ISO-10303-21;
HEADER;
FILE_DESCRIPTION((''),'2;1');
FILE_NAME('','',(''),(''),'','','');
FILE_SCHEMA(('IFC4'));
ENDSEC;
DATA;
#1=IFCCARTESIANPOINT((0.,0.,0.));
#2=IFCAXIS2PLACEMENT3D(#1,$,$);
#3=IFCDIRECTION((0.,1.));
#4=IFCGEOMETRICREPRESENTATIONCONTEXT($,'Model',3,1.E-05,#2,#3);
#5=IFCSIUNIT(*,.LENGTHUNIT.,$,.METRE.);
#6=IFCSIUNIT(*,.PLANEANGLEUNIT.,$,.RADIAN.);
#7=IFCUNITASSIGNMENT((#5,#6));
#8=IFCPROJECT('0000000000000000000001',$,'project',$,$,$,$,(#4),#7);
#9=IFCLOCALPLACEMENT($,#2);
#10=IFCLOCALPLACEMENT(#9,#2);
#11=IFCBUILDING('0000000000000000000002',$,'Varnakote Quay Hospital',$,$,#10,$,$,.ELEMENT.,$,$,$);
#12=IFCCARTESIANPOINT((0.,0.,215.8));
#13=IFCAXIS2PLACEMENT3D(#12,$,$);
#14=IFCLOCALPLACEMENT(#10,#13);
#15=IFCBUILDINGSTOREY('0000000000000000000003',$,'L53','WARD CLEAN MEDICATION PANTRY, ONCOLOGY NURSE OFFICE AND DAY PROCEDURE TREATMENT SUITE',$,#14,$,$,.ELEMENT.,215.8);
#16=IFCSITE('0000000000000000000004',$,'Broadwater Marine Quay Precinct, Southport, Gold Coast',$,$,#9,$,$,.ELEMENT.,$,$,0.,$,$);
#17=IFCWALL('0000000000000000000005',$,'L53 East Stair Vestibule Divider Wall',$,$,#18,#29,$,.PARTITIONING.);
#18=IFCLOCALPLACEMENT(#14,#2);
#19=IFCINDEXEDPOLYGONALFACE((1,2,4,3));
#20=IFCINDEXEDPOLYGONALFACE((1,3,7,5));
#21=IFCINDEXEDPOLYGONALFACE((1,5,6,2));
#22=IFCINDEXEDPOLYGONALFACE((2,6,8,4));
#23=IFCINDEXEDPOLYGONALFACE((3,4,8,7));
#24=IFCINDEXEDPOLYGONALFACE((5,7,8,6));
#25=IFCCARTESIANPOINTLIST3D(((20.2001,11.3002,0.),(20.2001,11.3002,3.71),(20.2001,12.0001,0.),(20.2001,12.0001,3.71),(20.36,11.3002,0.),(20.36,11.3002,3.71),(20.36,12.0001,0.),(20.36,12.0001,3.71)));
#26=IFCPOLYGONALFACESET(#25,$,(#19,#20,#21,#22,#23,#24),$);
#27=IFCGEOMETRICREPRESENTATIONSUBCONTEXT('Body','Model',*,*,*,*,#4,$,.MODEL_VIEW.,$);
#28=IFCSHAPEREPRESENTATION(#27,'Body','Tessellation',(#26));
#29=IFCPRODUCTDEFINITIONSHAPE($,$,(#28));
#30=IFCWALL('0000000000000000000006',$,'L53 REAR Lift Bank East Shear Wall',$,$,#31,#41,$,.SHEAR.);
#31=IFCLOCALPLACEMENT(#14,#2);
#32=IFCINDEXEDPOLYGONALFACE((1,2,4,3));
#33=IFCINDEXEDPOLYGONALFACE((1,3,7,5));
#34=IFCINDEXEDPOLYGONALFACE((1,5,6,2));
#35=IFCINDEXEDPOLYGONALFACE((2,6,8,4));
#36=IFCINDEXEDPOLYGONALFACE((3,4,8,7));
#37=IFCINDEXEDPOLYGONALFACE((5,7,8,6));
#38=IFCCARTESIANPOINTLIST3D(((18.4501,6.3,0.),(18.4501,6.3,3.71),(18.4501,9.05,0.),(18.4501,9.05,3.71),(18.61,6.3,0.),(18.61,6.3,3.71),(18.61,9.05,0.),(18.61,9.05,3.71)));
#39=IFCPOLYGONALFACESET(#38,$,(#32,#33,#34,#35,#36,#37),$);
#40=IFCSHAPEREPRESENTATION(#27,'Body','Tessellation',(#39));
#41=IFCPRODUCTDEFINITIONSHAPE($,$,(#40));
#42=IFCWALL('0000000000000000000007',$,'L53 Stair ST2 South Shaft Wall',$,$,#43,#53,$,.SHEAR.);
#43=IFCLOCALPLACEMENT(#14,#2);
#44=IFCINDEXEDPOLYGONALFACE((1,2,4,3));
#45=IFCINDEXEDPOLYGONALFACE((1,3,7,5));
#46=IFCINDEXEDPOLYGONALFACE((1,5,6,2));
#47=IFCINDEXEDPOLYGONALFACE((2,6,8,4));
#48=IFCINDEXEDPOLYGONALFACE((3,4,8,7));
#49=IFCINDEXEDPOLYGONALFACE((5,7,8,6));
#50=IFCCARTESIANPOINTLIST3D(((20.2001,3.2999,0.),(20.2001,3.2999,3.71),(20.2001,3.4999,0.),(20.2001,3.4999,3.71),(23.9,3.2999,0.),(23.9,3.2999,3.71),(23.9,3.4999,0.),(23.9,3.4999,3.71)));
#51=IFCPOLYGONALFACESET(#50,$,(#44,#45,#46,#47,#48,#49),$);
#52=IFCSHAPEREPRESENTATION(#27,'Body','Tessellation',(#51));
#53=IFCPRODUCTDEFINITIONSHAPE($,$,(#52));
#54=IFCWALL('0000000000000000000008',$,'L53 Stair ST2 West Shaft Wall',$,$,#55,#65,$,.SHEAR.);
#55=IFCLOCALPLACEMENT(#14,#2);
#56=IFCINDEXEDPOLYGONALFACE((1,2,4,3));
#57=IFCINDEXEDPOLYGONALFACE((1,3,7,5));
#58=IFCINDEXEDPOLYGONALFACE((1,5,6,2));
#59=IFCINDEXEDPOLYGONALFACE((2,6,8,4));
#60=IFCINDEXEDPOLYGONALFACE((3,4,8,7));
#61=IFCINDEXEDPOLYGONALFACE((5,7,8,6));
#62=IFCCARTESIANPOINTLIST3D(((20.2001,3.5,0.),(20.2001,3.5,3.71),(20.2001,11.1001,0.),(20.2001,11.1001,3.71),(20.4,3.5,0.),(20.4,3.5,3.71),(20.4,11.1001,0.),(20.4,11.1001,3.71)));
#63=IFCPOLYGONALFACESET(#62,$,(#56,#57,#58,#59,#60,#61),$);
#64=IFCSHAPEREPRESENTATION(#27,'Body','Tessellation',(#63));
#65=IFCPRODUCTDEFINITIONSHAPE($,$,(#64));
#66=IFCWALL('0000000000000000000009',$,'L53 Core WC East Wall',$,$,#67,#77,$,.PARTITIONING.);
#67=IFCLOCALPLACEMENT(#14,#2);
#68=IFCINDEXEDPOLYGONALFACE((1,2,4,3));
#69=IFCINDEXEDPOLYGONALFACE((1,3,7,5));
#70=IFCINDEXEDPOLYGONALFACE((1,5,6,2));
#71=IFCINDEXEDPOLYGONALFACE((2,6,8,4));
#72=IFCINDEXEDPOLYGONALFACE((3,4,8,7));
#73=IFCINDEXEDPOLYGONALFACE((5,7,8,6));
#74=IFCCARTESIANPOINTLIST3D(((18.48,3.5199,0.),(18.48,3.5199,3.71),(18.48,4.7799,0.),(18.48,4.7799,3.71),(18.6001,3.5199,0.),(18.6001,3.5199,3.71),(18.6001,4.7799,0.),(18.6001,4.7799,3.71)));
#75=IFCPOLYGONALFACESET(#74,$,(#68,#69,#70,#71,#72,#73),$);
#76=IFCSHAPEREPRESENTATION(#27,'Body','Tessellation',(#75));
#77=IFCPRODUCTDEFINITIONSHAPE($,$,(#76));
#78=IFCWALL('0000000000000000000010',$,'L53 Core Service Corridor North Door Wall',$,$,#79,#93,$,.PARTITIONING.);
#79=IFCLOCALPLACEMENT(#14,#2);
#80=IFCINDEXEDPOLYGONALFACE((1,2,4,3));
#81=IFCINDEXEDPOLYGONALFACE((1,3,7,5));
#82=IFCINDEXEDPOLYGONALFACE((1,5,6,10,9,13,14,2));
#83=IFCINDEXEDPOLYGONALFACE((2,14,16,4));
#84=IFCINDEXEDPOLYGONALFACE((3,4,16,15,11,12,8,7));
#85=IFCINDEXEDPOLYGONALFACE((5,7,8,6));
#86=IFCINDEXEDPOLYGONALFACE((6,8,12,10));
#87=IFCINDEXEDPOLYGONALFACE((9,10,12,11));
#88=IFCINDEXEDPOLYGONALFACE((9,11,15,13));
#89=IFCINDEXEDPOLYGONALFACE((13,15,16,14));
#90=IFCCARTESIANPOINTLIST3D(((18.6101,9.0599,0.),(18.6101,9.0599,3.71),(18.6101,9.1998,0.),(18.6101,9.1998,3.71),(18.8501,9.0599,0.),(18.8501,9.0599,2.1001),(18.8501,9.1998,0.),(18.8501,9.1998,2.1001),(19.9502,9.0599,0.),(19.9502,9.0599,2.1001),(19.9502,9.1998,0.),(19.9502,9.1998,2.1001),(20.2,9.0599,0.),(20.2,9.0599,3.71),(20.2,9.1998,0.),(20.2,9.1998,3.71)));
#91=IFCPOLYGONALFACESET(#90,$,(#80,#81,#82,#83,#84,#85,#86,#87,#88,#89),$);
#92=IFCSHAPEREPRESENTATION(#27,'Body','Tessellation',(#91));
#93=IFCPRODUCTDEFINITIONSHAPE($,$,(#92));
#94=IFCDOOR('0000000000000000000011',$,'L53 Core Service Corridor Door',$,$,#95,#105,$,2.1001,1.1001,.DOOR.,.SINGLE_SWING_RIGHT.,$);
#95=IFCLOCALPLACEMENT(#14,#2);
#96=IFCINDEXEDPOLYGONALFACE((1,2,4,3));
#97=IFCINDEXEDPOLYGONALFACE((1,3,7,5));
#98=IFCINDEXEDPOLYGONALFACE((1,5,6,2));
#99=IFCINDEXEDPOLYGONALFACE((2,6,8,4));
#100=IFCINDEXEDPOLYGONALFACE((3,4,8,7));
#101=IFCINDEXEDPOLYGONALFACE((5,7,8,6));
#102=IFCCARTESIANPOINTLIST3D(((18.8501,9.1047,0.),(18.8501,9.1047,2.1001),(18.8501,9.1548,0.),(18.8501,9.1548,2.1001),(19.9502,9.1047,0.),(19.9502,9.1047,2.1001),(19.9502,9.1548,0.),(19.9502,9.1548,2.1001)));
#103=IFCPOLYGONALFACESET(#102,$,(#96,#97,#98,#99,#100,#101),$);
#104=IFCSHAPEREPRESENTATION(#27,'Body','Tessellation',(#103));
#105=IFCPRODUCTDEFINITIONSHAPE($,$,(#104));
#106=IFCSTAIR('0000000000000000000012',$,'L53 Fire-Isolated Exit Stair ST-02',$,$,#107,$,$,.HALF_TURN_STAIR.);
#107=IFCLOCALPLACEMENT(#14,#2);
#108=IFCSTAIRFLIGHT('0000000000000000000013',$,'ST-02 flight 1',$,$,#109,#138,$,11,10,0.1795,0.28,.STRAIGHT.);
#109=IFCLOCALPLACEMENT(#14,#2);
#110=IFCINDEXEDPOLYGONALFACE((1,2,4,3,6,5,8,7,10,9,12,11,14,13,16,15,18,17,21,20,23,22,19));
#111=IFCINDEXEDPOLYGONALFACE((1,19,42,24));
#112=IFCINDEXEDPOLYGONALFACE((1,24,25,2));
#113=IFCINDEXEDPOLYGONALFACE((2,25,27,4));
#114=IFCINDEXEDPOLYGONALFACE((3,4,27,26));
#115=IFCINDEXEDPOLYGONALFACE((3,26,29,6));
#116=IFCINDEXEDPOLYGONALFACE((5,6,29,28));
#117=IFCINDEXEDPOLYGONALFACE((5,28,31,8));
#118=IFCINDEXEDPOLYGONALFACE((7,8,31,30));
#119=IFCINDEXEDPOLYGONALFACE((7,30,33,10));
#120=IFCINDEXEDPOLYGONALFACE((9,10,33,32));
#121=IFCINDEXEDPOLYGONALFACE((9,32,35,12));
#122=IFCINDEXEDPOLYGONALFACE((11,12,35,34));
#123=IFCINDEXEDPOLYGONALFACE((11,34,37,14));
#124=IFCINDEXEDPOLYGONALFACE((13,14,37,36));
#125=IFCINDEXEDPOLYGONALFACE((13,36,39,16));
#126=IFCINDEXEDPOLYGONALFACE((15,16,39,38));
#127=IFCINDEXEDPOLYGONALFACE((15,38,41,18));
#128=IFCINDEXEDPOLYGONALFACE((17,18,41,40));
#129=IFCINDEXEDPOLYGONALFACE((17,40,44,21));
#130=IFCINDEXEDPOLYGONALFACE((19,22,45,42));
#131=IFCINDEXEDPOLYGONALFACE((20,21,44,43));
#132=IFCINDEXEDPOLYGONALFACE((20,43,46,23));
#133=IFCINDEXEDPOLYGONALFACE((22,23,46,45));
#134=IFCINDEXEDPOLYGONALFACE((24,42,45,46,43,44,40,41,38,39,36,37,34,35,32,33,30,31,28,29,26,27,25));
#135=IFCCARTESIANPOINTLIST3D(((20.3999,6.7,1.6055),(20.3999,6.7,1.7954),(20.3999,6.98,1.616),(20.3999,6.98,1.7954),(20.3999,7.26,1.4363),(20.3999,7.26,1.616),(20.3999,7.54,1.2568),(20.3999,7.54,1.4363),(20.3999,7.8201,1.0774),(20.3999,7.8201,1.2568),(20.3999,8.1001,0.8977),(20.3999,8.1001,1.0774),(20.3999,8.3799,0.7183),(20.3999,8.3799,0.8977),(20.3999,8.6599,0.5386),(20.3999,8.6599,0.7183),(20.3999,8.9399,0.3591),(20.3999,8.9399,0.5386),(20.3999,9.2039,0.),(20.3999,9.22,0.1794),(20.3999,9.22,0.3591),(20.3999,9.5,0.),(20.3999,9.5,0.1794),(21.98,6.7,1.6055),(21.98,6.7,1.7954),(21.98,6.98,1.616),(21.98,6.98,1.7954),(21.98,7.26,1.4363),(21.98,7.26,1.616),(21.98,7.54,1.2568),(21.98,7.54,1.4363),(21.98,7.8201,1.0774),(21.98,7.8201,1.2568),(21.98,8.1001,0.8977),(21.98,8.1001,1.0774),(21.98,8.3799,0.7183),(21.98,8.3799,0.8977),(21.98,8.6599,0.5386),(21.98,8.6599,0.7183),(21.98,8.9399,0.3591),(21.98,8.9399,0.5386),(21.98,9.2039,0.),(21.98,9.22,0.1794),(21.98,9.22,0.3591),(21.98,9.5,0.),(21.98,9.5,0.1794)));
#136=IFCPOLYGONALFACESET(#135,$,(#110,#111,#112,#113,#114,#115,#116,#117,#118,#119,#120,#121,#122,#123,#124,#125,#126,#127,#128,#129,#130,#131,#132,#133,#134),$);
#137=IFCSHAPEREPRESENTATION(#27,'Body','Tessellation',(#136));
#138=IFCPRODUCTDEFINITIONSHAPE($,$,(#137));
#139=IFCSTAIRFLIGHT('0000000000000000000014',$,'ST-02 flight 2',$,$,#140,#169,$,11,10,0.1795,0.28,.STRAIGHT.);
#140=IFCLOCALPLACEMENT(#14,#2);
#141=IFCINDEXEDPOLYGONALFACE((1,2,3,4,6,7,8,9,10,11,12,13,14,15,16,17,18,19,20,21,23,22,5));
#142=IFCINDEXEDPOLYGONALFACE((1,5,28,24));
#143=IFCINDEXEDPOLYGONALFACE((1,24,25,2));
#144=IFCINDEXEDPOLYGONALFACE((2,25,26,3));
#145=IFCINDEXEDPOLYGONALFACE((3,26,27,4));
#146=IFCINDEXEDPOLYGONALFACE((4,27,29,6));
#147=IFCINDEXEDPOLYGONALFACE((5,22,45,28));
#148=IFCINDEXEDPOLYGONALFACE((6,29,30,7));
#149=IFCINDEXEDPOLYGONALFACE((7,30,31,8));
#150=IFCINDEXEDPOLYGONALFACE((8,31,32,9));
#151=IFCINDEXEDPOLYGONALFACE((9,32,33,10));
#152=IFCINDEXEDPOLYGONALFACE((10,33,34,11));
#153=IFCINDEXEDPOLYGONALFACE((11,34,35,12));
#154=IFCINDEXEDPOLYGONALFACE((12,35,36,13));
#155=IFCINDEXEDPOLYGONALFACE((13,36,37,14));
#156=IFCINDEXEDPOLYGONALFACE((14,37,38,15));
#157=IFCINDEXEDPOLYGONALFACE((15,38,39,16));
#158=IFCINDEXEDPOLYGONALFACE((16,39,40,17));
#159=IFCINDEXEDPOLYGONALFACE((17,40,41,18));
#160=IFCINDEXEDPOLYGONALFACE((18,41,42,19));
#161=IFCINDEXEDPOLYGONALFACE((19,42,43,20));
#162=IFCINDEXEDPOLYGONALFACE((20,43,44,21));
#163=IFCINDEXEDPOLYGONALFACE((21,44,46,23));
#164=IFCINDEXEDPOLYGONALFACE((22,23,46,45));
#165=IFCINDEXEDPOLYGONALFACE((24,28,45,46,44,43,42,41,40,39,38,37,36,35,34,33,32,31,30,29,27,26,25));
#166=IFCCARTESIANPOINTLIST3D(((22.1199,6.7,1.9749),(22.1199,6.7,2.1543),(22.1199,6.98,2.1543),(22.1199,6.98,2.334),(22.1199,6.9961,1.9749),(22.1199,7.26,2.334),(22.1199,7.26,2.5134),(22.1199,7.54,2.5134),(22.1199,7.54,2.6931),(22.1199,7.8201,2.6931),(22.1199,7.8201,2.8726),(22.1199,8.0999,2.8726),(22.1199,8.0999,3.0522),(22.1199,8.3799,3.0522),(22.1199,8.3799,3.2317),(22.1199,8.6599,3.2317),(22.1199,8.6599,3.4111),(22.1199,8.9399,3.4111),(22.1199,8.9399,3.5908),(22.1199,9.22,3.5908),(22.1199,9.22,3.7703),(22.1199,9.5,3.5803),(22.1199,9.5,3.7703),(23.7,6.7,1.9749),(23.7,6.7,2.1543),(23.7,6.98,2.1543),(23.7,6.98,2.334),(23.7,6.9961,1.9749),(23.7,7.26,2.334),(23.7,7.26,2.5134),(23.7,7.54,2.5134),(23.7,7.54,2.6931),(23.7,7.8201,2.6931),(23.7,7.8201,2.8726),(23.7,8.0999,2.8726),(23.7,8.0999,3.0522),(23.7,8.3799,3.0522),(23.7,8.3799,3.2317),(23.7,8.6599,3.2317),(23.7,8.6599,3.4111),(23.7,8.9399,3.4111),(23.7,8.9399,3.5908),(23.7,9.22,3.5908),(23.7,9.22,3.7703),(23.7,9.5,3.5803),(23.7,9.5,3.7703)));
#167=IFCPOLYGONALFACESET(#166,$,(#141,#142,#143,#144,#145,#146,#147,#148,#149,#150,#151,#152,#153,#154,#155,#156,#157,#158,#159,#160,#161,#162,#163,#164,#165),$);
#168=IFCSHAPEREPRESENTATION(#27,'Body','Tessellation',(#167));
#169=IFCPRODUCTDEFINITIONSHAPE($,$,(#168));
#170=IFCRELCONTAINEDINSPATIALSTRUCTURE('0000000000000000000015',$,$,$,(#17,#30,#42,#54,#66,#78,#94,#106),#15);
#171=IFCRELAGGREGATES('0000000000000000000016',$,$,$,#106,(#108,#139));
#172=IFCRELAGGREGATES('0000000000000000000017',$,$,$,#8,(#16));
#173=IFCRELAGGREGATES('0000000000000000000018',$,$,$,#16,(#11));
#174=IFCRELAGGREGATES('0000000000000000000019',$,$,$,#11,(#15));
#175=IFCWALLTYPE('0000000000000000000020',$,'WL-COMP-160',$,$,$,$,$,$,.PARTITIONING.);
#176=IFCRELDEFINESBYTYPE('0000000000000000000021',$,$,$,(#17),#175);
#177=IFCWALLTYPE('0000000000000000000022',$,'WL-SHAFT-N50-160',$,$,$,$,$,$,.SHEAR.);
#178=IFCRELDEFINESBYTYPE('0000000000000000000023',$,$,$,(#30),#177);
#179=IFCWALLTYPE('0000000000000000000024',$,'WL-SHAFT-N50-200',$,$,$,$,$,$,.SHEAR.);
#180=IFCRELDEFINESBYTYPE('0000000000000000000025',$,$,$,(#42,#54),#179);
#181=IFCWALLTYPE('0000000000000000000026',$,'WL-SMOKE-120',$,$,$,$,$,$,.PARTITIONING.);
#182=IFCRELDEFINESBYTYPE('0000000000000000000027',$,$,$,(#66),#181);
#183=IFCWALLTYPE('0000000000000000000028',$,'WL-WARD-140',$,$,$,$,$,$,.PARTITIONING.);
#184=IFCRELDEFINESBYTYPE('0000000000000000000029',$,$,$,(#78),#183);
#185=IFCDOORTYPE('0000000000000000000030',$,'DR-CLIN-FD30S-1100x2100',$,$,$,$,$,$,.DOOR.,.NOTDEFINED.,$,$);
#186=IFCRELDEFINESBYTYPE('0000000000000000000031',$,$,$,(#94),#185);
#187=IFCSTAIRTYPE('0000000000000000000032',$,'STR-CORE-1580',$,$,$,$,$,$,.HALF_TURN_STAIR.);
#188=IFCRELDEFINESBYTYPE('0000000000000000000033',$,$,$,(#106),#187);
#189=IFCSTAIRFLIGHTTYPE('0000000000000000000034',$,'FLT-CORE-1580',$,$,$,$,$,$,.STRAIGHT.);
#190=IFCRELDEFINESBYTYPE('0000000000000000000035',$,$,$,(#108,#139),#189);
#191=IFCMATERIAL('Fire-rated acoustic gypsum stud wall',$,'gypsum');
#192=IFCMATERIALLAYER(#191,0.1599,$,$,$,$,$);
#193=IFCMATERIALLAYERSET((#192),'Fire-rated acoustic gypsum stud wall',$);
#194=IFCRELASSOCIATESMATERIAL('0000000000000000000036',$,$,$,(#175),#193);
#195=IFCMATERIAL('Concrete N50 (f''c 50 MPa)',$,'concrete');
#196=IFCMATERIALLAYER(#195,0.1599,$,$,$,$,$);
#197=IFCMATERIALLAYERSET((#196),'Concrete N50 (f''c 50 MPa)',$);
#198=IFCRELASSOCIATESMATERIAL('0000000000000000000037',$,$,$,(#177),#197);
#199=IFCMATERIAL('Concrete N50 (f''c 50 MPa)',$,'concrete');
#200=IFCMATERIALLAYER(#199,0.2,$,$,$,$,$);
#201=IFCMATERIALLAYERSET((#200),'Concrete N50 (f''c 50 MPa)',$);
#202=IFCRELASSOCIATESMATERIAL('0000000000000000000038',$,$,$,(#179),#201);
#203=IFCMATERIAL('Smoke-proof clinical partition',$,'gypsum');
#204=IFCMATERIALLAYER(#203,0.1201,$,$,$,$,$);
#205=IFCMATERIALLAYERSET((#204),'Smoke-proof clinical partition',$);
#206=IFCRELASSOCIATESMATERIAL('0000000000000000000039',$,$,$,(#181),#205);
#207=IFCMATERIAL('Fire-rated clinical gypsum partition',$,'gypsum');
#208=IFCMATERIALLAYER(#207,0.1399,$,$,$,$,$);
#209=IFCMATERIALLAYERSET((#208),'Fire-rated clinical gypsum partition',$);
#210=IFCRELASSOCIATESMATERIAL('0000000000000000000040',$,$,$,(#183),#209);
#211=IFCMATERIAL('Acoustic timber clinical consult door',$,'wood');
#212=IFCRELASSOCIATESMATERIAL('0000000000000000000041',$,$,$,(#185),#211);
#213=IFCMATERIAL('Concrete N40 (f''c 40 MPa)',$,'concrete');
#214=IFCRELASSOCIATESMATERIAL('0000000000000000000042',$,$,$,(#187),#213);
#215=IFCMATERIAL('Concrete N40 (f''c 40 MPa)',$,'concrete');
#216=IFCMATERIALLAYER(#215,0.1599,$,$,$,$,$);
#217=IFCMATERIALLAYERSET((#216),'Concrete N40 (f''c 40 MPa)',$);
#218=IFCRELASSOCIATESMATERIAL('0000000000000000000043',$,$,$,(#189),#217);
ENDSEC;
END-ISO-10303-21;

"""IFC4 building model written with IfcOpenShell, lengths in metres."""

from ifc_helpers import new_model, si_unit, direction, frame, frame_2d, origin, place, context, subcontext, project, spatial, polyline, rectangle, outline, extrude, material, layer, layer_set, type_object, element, fill, aggregate, save


model = new_model("IFC4")

# Units and contexts
model_context = context("Model", 3, precision=1e-05, world=origin(), true_north=direction((0.0, 1.0)))
body_context = subcontext(model_context, "Body", "Model", "MODEL_VIEW")
ifc_project = project(units=[si_unit("LENGTHUNIT", "METRE"), si_unit("PLANEANGLEUNIT", "RADIAN")], contexts=[model_context])

# Site, building, storey
site_placement = place(None, origin())
site = spatial("IfcSite", under=ifc_project, at=site_placement, Name="Broadwater Marine Quay Precinct, Southport, Gold Coast", CompositionType="ELEMENT", RefElevation=0.0)
building_placement = place(site_placement, origin())
building = spatial("IfcBuilding", under=site, at=building_placement, Name="Varnakote Quay Hospital", CompositionType="ELEMENT")
storey_placement = place(building_placement, frame((0.0, 0.0, 215.8)))
storey = spatial("IfcBuildingStorey", under=building, at=storey_placement, Name="L53", Description="WARD CLEAN MEDICATION PANTRY, ONCOLOGY NURSE OFFICE AND DAY PROCEDURE TREATMENT SUITE", CompositionType="ELEMENT", Elevation=215.8)

# Walls
ifc_material_1 = material(Name="Fire-rated acoustic gypsum stud wall", Category="gypsum")
ifc_layer_1 = layer(ifc_material_1, 0.1599)
ifc_layer_set_1 = layer_set([ifc_layer_1], Name="Fire-rated acoustic gypsum stud wall")
wall_type_1 = type_object("IfcWallType", Name="WL-COMP-160", PredefinedType="PARTITIONING", material=ifc_layer_set_1)
wall_1_placement = place(storey_placement, frame((20.28, 11.3, 0.0), z_axis=(0.0, 0.0, 1.0), x_axis=(0.0, 1.0, 0.0)))
element("IfcWall", 1, at=wall_1_placement, inside=storey, type_object=wall_type_1, Name="L53 East Stair Vestibule Divider Wall", PredefinedType="PARTITIONING", context=body_context, shape_type="SweptSolid", body=[
    extrude(rectangle(XDim=0.7, YDim=0.1599, at=frame_2d((0.3501, 0.0))), origin(), (0.0, 0.0, 1.0), 3.71),
])
ifc_material_2 = material(Name="Concrete N50 (f'c 50 MPa)", Category="concrete")
ifc_layer_2 = layer(ifc_material_2, 0.1599)
ifc_layer_set_2 = layer_set([ifc_layer_2], Name="Concrete N50 (f'c 50 MPa)")
wall_type_2 = type_object("IfcWallType", Name="WL-SHAFT-N50-160", PredefinedType="SHEAR", material=ifc_layer_set_2)
wall_2_placement = place(storey_placement, frame((18.53, 6.3, 0.0), z_axis=(0.0, 0.0, 1.0), x_axis=(0.0, 1.0, 0.0)))
element("IfcWall", 2, at=wall_2_placement, inside=storey, type_object=wall_type_2, Name="L53 REAR Lift Bank East Shear Wall", PredefinedType="SHEAR", context=body_context, shape_type="SweptSolid", body=[
    extrude(rectangle(XDim=2.75, YDim=0.1599, at=frame_2d((1.375, 0.0))), origin(), (0.0, 0.0, 1.0), 3.71),
])

# Walls
ifc_material_3 = material(Name="Concrete N50 (f'c 50 MPa)", Category="concrete")
ifc_layer_3 = layer(ifc_material_3, 0.2)
ifc_layer_set_3 = layer_set([ifc_layer_3], Name="Concrete N50 (f'c 50 MPa)")
wall_type_3 = type_object("IfcWallType", Name="WL-SHAFT-N50-200", PredefinedType="SHEAR", material=ifc_layer_set_3)
wall_3_placement = place(storey_placement, frame((20.2, 3.3999, 0.0), z_axis=(0.0, 0.0, 1.0), x_axis=(1.0, 0.0, 0.0)))
element("IfcWall", 3, at=wall_3_placement, inside=storey, type_object=wall_type_3, Name="L53 Stair ST2 South Shaft Wall", PredefinedType="SHEAR", context=body_context, shape_type="SweptSolid", body=[
    extrude(rectangle(XDim=3.7, YDim=0.2, at=frame_2d((1.8501, 0.0))), origin(), (0.0, 0.0, 1.0), 3.71),
])
wall_4_placement = place(storey_placement, frame((20.3, 3.5, 0.0), z_axis=(0.0, 0.0, 1.0), x_axis=(0.0, 1.0, 0.0)))
element("IfcWall", 4, at=wall_4_placement, inside=storey, type_object=wall_type_3, Name="L53 Stair ST2 West Shaft Wall", PredefinedType="SHEAR", context=body_context, shape_type="SweptSolid", body=[
    extrude(rectangle(XDim=7.6001, YDim=0.2, at=frame_2d((3.8, 0.0))), origin(), (0.0, 0.0, 1.0), 3.71),
])

# Wall
ifc_material_4 = material(Name="Smoke-proof clinical partition", Category="gypsum")
ifc_layer_4 = layer(ifc_material_4, 0.1201)
ifc_layer_set_4 = layer_set([ifc_layer_4], Name="Smoke-proof clinical partition")
wall_type_4 = type_object("IfcWallType", Name="WL-SMOKE-120", PredefinedType="PARTITIONING", material=ifc_layer_set_4)
wall_5_placement = place(storey_placement, frame((18.54, 3.52, 0.0), z_axis=(0.0, 0.0, 1.0), x_axis=(0.0, 1.0, 0.0)))
element("IfcWall", 5, at=wall_5_placement, inside=storey, type_object=wall_type_4, Name="L53 Core WC East Wall", PredefinedType="PARTITIONING", context=body_context, shape_type="SweptSolid", body=[
    extrude(rectangle(XDim=1.26, YDim=0.1201, at=frame_2d((0.6299, 0.0))), origin(), (0.0, 0.0, 1.0), 3.71),
])

# Wall, opening, door
ifc_material_5 = material(Name="Fire-rated clinical gypsum partition", Category="gypsum")
ifc_layer_5 = layer(ifc_material_5, 0.1399)
ifc_layer_set_5 = layer_set([ifc_layer_5], Name="Fire-rated clinical gypsum partition")
wall_type_5 = type_object("IfcWallType", Name="WL-WARD-140", PredefinedType="PARTITIONING", material=ifc_layer_set_5)
wall_6_placement = place(storey_placement, frame((18.6101, 9.1299, 0.0), z_axis=(0.0, 0.0, 1.0), x_axis=(1.0, 0.0, 0.0)))
wall_6 = element("IfcWall", 6, at=wall_6_placement, inside=storey, type_object=wall_type_5, Name="L53 Core Service Corridor North Door Wall", PredefinedType="PARTITIONING", context=body_context, shape_type="SweptSolid", body=[
    extrude(rectangle(XDim=1.5898, YDim=0.1399, at=frame_2d((0.7949, 0.0))), origin(), (0.0, 0.0, 1.0), 3.71),
])
opening_1_placement = place(wall_6_placement, frame((0.24, 0.0, 0.0)))
opening_1 = element("IfcOpeningElement", 7, at=opening_1_placement, cuts=wall_6, PredefinedType="OPENING", context=body_context, shape_type="SweptSolid", body=[
    extrude(rectangle(XDim=1.1001, YDim=2.1001, at=frame_2d((0.55, 1.05))), frame((0.0, 0.0798, 0.0), z_axis=(0.0, -1.0, 0.0), x_axis=(1.0, 0.0, 0.0)), (0.0, 0.0, 1.0), 0.1599),
])
ifc_material_6 = material(Name="Acoustic timber clinical consult door", Category="wood")
door_type_1 = type_object("IfcDoorType", Name="DR-CLIN-FD30S-1100x2100", OperationType="NOTDEFINED", PredefinedType="DOOR", material=ifc_material_6)
door_1_placement = place(opening_1_placement, origin())
door_1 = element("IfcDoor", 8, at=door_1_placement, inside=storey, type_object=door_type_1, Name="L53 Core Service Corridor Door", OperationType="SINGLE_SWING_RIGHT", OverallHeight=2.1001, OverallWidth=1.1001, PredefinedType="DOOR", context=body_context, shape_type="SweptSolid", body=[
    extrude(rectangle(XDim=1.1001, YDim=2.1001, at=frame_2d((0.55, 1.05))), frame((0.0, 0.0249, 0.0), z_axis=(0.0, -1.0, 0.0), x_axis=(1.0, 0.0, 0.0)), (0.0, 0.0, 1.0), 0.05),
])
fill(opening_1, door_1)

# Stair, stair flights
ifc_material_7 = material(Name="Concrete N40 (f'c 40 MPa)", Category="concrete")
stair_type = type_object("IfcStairType", Name="STR-CORE-1580", PredefinedType="HALF_TURN_STAIR", material=ifc_material_7)
stair_placement = place(storey_placement, origin())
stair = element("IfcStair", 9, at=stair_placement, inside=storey, type_object=stair_type, Name="L53 Fire-Isolated Exit Stair ST-02", PredefinedType="HALF_TURN_STAIR")
ifc_material_8 = material(Name="Concrete N40 (f'c 40 MPa)", Category="concrete")
ifc_layer_6 = layer(ifc_material_8, 0.1599)
ifc_layer_set_6 = layer_set([ifc_layer_6], Name="Concrete N40 (f'c 40 MPa)")
stair_flight_type = type_object("IfcStairFlightType", Name="FLT-CORE-1580", PredefinedType="STRAIGHT", material=ifc_layer_set_6)
stair_flight_1_placement = place(storey_placement, frame((21.1899, 9.5, 0.0), z_axis=(0.0, 0.0, 1.0), x_axis=(0.0, -1.0, 0.0)))
stair_flight_1 = element("IfcStairFlight", 10, at=stair_flight_1_placement, type_object=stair_flight_type, Name="ST-02 flight 1", NumberOfRisers=11, NumberOfTreads=10, PredefinedType="STRAIGHT", RiserHeight=0.1795, TreadLength=0.28, context=body_context, shape_type="SweptSolid", body=[
    extrude(outline(polyline([(0.0, 0.0), (0.0, 0.1794), (0.28, 0.1794), (0.28, 0.3591), (0.5601, 0.3591), (0.5601, 0.5386), (0.8401, 0.5386), (0.8401, 0.7183), (1.1201, 0.7183), (1.1201, 0.8977), (1.3999, 0.8977), (1.3999, 1.0774), (1.6799, 1.0774), (1.6799, 1.2568), (1.96, 1.2568), (1.96, 1.4363), (2.24, 1.4363), (2.24, 1.616), (2.52, 1.616), (2.52, 1.7954), (2.8, 1.7954), (2.8, 1.9751), (2.8, 1.6055), (0.2961, 0.0), (0.0, 0.0)])), frame((0.0, 0.79, 0.0), z_axis=(0.0, -1.0, 0.0), x_axis=(1.0, 0.0, 0.0)), (0.0, 0.0, 1.0), 1.5801),
])
stair_flight_2_placement = place(storey_placement, frame((22.9099, 6.7, 1.9749), z_axis=(0.0, 0.0, 1.0), x_axis=(0.0, 1.0, 0.0)))
stair_flight_2 = element("IfcStairFlight", 11, at=stair_flight_2_placement, type_object=stair_flight_type, Name="ST-02 flight 2", NumberOfRisers=11, NumberOfTreads=10, PredefinedType="STRAIGHT", RiserHeight=0.1795, TreadLength=0.28, context=body_context, shape_type="SweptSolid", body=[
    extrude(outline(polyline([(0.0, 0.0), (0.0, 0.1794), (0.28, 0.1794), (0.28, 0.3591), (0.5601, 0.3591), (0.5601, 0.5386), (0.8401, 0.5386), (0.8401, 0.7183), (1.1201, 0.7183), (1.1201, 0.8977), (1.3999, 0.8977), (1.3999, 1.0774), (1.6799, 1.0774), (1.6799, 1.2568), (1.96, 1.2568), (1.96, 1.4363), (2.24, 1.4363), (2.24, 1.616), (2.52, 1.616), (2.52, 1.7954), (2.8, 1.7954), (2.8, 1.9751), (2.8, 1.6055), (0.2961, 0.0), (0.0, 0.0)])), frame((0.0, 0.79, 0.0), z_axis=(0.0, -1.0, 0.0), x_axis=(1.0, 0.0, 0.0)), (0.0, 0.0, 1.0), 1.5801),
])
aggregate(stair, [stair_flight_1, stair_flight_2])

save(model, "model.ifc")
